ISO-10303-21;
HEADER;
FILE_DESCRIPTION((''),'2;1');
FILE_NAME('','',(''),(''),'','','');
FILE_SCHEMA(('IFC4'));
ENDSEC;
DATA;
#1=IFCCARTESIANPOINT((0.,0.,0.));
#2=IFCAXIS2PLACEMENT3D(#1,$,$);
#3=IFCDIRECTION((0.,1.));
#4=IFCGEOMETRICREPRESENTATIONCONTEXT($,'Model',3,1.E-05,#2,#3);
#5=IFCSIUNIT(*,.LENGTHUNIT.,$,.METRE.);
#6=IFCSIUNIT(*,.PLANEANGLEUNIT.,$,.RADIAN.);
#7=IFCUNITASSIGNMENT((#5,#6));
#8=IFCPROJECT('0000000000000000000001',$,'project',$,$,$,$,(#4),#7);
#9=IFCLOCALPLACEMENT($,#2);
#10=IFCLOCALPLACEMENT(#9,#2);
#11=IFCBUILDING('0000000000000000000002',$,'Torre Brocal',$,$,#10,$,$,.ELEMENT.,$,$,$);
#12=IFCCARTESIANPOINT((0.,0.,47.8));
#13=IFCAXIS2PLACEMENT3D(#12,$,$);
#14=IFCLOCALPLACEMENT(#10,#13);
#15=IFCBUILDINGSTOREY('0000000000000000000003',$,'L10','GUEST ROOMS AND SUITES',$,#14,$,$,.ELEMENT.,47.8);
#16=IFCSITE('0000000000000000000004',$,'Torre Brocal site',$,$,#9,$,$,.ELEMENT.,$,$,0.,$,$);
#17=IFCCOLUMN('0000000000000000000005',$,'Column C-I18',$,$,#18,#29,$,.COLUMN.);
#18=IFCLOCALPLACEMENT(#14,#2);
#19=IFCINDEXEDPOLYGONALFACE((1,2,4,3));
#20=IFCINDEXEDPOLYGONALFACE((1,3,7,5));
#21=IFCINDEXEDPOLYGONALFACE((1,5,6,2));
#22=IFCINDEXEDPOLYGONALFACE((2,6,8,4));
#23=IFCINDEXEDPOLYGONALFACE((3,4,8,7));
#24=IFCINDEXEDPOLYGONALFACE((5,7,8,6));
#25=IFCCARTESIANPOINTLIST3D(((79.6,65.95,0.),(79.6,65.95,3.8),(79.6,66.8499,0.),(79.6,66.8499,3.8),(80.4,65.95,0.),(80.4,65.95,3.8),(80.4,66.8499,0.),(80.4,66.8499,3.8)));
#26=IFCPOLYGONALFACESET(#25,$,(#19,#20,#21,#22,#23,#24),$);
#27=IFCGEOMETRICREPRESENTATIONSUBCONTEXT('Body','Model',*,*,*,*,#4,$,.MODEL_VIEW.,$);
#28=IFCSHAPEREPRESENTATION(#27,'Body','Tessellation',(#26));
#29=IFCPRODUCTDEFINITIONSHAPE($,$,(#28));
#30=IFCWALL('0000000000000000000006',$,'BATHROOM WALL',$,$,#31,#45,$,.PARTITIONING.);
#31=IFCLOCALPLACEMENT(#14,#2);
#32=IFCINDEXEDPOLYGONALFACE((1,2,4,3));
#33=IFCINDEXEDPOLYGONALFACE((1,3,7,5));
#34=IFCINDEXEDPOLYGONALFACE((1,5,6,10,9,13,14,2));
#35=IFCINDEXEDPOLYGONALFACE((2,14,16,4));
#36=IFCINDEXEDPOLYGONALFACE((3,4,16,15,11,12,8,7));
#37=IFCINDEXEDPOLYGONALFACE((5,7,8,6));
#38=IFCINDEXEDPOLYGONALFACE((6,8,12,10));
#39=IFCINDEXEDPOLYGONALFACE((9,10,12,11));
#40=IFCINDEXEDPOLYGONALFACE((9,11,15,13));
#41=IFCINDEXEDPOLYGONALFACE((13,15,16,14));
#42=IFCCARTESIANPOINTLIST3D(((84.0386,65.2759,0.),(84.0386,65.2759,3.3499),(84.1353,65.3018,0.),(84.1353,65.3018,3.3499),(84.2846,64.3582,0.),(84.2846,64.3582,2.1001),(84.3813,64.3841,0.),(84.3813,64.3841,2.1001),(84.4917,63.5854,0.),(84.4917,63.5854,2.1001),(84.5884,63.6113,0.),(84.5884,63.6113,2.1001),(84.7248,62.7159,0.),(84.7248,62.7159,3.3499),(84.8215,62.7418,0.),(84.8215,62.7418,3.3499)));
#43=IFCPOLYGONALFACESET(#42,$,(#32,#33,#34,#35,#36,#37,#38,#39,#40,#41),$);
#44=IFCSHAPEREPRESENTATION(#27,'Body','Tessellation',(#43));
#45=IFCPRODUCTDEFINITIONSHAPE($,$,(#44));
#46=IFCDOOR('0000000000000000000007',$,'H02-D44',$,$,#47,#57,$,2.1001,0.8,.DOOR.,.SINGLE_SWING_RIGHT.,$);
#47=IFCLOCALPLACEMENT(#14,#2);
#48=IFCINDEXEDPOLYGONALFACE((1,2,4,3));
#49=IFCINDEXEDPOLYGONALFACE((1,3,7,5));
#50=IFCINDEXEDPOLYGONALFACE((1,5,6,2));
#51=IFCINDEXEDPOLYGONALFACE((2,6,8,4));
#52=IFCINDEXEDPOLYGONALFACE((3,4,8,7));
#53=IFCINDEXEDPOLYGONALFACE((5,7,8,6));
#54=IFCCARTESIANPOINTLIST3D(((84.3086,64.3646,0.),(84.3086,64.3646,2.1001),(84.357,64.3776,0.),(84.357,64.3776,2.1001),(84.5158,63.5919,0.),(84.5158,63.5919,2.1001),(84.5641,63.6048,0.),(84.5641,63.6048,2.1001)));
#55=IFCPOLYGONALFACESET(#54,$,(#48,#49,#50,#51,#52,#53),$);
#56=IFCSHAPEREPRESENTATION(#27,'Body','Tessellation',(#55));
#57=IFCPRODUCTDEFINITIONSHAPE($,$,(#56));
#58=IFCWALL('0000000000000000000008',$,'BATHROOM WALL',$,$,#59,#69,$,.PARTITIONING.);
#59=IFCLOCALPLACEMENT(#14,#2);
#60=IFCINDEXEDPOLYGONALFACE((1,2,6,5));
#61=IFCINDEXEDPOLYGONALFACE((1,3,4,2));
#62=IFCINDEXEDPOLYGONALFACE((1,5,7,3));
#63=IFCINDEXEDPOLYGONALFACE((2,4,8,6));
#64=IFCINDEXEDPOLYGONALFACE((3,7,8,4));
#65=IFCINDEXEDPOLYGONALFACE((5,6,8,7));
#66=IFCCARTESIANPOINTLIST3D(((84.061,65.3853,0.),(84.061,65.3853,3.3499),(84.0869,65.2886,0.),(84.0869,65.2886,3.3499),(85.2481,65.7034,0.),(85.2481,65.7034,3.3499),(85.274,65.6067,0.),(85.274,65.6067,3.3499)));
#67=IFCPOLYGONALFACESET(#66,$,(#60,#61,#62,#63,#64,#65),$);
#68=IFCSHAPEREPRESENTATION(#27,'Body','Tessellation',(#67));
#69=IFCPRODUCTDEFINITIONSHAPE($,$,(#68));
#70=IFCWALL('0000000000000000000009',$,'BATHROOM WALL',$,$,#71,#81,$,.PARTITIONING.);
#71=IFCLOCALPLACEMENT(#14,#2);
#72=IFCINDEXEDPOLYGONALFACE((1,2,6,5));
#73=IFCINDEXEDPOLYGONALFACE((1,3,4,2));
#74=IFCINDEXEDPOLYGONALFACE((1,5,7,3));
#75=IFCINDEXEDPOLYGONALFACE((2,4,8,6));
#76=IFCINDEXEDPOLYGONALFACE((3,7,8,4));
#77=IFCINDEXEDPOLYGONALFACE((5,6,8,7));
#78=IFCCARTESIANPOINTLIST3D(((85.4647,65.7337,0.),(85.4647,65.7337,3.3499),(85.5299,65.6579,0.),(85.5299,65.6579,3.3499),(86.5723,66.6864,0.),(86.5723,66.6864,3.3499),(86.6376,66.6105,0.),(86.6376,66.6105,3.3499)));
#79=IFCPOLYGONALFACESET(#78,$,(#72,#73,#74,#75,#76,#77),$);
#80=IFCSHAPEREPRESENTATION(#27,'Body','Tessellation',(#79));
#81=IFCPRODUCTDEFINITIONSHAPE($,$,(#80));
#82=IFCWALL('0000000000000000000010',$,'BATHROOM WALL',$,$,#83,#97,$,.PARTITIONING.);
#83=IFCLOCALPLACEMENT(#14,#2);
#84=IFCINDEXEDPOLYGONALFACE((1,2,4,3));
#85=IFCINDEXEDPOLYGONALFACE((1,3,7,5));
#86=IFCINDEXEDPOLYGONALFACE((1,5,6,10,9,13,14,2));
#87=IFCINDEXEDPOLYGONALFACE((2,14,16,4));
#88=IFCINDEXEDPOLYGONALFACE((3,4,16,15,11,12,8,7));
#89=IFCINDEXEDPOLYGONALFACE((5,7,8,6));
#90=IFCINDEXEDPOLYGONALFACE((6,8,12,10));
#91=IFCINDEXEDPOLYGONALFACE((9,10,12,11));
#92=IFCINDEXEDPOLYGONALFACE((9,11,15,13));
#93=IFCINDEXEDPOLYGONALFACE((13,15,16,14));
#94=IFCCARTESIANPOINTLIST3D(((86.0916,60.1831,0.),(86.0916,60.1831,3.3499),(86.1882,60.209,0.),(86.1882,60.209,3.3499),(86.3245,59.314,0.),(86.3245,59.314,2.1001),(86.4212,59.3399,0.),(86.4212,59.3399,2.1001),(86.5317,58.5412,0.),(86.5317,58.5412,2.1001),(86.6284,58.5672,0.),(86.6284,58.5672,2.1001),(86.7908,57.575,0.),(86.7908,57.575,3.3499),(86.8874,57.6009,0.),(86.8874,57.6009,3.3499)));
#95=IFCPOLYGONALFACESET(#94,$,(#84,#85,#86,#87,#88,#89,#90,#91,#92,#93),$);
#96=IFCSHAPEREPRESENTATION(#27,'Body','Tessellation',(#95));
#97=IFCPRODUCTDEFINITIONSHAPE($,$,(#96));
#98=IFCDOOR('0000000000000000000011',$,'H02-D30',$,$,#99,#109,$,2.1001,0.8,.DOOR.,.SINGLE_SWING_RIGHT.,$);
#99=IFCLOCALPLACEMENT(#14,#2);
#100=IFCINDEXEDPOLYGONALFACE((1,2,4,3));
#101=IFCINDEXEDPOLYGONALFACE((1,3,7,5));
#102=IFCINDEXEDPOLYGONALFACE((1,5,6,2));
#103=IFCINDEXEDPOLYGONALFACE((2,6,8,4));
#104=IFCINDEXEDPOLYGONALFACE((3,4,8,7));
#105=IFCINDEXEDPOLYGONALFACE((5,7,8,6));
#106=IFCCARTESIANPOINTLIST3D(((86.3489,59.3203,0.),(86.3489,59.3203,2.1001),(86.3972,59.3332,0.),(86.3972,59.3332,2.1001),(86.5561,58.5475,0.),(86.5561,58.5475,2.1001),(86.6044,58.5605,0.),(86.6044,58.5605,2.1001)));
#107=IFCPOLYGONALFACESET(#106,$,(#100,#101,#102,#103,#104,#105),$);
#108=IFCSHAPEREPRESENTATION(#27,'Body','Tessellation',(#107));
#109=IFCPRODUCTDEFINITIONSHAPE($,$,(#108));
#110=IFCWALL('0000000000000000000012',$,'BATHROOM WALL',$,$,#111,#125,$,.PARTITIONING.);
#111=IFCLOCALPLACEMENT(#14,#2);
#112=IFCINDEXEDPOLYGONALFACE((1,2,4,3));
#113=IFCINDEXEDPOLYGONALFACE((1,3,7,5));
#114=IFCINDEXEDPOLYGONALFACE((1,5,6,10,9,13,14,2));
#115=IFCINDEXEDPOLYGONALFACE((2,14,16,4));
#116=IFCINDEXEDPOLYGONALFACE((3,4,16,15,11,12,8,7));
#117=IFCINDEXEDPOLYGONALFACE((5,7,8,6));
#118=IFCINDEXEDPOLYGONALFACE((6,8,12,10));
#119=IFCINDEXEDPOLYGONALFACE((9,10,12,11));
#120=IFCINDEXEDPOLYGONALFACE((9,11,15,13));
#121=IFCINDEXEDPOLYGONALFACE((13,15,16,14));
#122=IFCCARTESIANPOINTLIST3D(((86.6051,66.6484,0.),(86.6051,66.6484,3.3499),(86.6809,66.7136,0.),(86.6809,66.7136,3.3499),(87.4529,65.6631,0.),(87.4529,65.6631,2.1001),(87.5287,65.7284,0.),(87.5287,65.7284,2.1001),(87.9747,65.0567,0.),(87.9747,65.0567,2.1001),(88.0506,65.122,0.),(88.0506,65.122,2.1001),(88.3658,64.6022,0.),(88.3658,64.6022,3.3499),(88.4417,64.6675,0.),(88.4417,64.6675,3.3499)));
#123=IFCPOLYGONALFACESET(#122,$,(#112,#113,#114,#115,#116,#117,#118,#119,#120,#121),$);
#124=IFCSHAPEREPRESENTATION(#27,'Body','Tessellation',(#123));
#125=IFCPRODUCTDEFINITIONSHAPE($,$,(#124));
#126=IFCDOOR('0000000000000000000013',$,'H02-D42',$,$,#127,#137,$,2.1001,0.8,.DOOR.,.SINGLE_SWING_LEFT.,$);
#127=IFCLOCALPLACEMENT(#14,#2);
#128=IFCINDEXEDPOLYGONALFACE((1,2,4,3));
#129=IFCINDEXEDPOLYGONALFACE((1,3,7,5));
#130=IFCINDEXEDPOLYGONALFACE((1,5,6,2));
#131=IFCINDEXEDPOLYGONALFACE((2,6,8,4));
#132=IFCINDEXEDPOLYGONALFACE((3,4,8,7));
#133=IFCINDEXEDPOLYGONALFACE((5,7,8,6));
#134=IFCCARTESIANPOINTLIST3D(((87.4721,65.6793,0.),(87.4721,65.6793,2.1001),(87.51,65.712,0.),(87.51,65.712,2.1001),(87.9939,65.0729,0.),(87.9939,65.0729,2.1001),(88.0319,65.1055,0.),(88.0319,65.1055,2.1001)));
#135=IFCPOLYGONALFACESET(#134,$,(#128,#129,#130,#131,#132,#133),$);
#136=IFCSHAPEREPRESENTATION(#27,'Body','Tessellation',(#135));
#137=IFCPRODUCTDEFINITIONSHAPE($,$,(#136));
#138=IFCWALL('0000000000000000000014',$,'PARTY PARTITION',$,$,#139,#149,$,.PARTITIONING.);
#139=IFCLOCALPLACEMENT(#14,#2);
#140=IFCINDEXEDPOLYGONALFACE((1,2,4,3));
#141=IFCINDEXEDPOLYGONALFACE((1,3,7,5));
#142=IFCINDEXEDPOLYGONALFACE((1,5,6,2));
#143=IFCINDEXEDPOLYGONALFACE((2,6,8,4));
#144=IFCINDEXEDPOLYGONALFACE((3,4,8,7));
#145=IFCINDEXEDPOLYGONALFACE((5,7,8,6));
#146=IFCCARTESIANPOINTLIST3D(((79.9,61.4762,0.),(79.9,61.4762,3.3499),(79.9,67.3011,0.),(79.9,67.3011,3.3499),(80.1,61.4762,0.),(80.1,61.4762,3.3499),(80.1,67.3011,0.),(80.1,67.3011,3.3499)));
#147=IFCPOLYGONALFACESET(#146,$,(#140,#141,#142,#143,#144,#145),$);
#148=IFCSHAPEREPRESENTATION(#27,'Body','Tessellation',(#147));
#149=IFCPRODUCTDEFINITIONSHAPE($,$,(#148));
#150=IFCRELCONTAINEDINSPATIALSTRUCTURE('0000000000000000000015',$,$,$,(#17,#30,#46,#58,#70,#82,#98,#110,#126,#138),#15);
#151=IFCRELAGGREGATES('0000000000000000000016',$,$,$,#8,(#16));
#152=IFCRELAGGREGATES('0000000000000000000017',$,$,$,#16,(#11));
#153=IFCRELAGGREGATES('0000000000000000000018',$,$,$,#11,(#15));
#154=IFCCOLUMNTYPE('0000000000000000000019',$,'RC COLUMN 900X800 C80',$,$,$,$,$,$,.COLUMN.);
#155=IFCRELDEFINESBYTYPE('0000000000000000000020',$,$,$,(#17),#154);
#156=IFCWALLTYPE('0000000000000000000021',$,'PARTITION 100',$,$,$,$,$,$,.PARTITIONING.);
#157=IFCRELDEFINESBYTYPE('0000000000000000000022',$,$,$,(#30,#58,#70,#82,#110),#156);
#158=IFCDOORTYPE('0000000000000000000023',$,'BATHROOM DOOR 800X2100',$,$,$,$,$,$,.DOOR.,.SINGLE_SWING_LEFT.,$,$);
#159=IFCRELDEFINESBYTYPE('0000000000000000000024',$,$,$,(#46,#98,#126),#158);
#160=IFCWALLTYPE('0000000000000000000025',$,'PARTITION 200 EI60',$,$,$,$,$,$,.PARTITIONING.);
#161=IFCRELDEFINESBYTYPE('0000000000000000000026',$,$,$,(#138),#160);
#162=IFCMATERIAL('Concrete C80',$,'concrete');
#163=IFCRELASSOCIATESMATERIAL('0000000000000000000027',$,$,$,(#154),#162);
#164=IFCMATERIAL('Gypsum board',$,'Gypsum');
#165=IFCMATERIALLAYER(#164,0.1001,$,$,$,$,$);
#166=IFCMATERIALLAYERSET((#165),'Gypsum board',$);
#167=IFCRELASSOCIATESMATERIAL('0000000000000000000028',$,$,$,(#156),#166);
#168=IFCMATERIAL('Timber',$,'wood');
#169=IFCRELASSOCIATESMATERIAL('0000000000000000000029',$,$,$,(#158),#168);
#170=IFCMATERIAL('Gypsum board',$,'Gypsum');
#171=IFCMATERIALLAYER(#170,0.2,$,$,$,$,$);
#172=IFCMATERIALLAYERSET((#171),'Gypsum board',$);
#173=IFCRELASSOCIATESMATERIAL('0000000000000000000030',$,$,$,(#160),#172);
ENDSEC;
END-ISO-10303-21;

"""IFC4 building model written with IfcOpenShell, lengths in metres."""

from ifc_helpers import new_model, si_unit, direction, frame, frame_2d, origin, origin_2d, place, context, subcontext, project, spatial, rectangle, extrude, material, layer, layer_set, material_profile, profile_set, type_object, element, fill, save


model = new_model("IFC4")

# Units and contexts
model_context = context("Model", 3, precision=1e-05, world=origin(), true_north=direction((0.0, 1.0)))
body_context = subcontext(model_context, "Body", "Model", "MODEL_VIEW")
ifc_project = project(units=[si_unit("LENGTHUNIT", "METRE"), si_unit("PLANEANGLEUNIT", "RADIAN")], contexts=[model_context])

# Site, building, storey
site_placement = place(None, origin())
site = spatial("IfcSite", under=ifc_project, at=site_placement, Name="Torre Brocal site", CompositionType="ELEMENT", RefElevation=0.0)
building_placement = place(site_placement, origin())
building = spatial("IfcBuilding", under=site, at=building_placement, Name="Torre Brocal", CompositionType="ELEMENT")
storey_placement = place(building_placement, frame((0.0, 0.0, 47.8)))
storey = spatial("IfcBuildingStorey", under=building, at=storey_placement, Name="L10", Description="GUEST ROOMS AND SUITES", CompositionType="ELEMENT", Elevation=47.8)

# Column
ifc_material_1 = material(Name="Concrete C80", Category="concrete")
ifc_material_profile = material_profile(ifc_material_1, rectangle(XDim=0.8999, YDim=0.8, at=origin_2d()), Name="RC 900X800")
ifc_profile_set = profile_set([ifc_material_profile], Name="Concrete C80")
column_type = type_object("IfcColumnType", Name="RC COLUMN 900X800 C80", PredefinedType="COLUMN", material=ifc_profile_set)
column_placement = place(storey_placement, frame((80.0, 66.3999, 0.0), z_axis=(0.0, 0.0, 1.0), x_axis=(0.0, -1.0, 0.0)))
element("IfcColumn", 1, at=column_placement, inside=storey, type_object=column_type, Name="Column C-I18", PredefinedType="COLUMN", context=body_context, shape_type="SweptSolid", body=[
    extrude(rectangle(XDim=0.8999, YDim=0.8, at=origin_2d()), origin(), (0.0, 0.0, 1.0), 3.8),
])

# Wall, opening, door
ifc_material_2 = material(Name="Gypsum board", Category="Gypsum")
ifc_layer_1 = layer(ifc_material_2, 0.1001)
ifc_layer_set_1 = layer_set([ifc_layer_1], Name="Gypsum board")
wall_type_1 = type_object("IfcWallType", Name="PARTITION 100", PredefinedType="PARTITIONING", material=ifc_layer_set_1)
wall_1_placement = place(storey_placement, frame((84.0869, 65.2888, 0.0), z_axis=(0.0, 0.0, 1.0), x_axis=(0.258929, -0.965896, 0.0)))
wall_1 = element("IfcWall", 2, at=wall_1_placement, inside=storey, type_object=wall_type_1, Name="BATHROOM WALL", PredefinedType="PARTITIONING", context=body_context, shape_type="SweptSolid", body=[
    extrude(rectangle(XDim=2.6504, YDim=0.1001, at=frame_2d((1.3252, 0.0))), origin(), (0.0, 0.0, 1.0), 3.3499),
])
opening_1_placement = place(wall_1_placement, frame((0.9502, 0.0, 0.0)))
opening_1 = element("IfcOpeningElement", 3, at=opening_1_placement, cuts=wall_1, PredefinedType="OPENING", context=body_context, shape_type="SweptSolid", body=[
    extrude(rectangle(XDim=0.8, YDim=2.1001, at=frame_2d((0.3999, 1.05))), frame((0.0, 0.0601, 0.0), z_axis=(0.0, -1.0, 0.0), x_axis=(1.0, 0.0, 0.0)), (0.0, 0.0, 1.0), 0.1201),
])
ifc_material_3 = material(Name="Timber", Category="wood")
door_type_1 = type_object("IfcDoorType", Name="BATHROOM DOOR 800X2100", OperationType="SINGLE_SWING_LEFT", PredefinedType="DOOR", material=ifc_material_3)
door_1_placement = place(opening_1_placement, origin())
door_1 = element("IfcDoor", 4, at=door_1_placement, inside=storey, type_object=door_type_1, Name="H02-D44", OperationType="SINGLE_SWING_RIGHT", OverallHeight=2.1001, OverallWidth=0.8, PredefinedType="DOOR", context=body_context, shape_type="SweptSolid", body=[
    extrude(rectangle(XDim=0.8, YDim=2.1001, at=frame_2d((0.3999, 1.05))), frame((0.0, 0.0249, 0.0), z_axis=(0.0, -1.0, 0.0), x_axis=(1.0, 0.0, 0.0)), (0.0, 0.0, 1.0), 0.05),
])
fill(opening_1, door_1)

# Walls
wall_2_placement = place(storey_placement, frame((84.074, 65.3369, 0.0), z_axis=(0.0, 0.0, 1.0), x_axis=(0.965914, 0.258862, 0.0)))
element("IfcWall", 5, at=wall_2_placement, inside=storey, type_object=wall_type_1, Name="BATHROOM WALL", PredefinedType="PARTITIONING", context=body_context, shape_type="SweptSolid", body=[
    extrude(rectangle(XDim=1.229, YDim=0.1001, at=frame_2d((0.6145, 0.0))), origin(), (0.0, 0.0, 1.0), 3.3499),
])
wall_3_placement = place(storey_placement, frame((85.4973, 65.6958, 0.0), z_axis=(0.0, 0.0, 1.0), x_axis=(0.75817, 0.652057, 0.0)))
element("IfcWall", 6, at=wall_3_placement, inside=storey, type_object=wall_type_1, Name="BATHROOM WALL", PredefinedType="PARTITIONING", context=body_context, shape_type="SweptSolid", body=[
    extrude(rectangle(XDim=1.4609, YDim=0.1001, at=frame_2d((0.7305, 0.0))), origin(), (0.0, 0.0, 1.0), 3.3499),
])

# Walls, openings, doors
wall_4_placement = place(storey_placement, frame((86.1399, 60.196, 0.0), z_axis=(0.0, 0.0, 1.0), x_axis=(0.258945, -0.965892, 0.0)))
wall_4 = element("IfcWall", 7, at=wall_4_placement, inside=storey, type_object=wall_type_1, Name="BATHROOM WALL", PredefinedType="PARTITIONING", context=body_context, shape_type="SweptSolid", body=[
    extrude(rectangle(XDim=2.7002, YDim=0.1001, at=frame_2d((1.3501, 0.0))), origin(), (0.0, 0.0, 1.0), 3.3499),
])
opening_2_placement = place(wall_4_placement, frame((0.8999, 0.0, 0.0)))
opening_2 = element("IfcOpeningElement", 8, at=opening_2_placement, cuts=wall_4, PredefinedType="OPENING", context=body_context, shape_type="SweptSolid", body=[
    extrude(rectangle(XDim=0.8, YDim=2.1001, at=frame_2d((0.3999, 1.05))), frame((0.0, 0.0601, 0.0), z_axis=(0.0, -1.0, 0.0), x_axis=(1.0, 0.0, 0.0)), (0.0, 0.0, 1.0), 0.1201),
])
door_2_placement = place(opening_2_placement, frame((0.8, 0.0, 0.0), z_axis=(0.0, 0.0, 1.0), x_axis=(-1.0, 0.0, 0.0)))
door_2 = element("IfcDoor", 9, at=door_2_placement, inside=storey, type_object=door_type_1, Name="H02-D30", OperationType="SINGLE_SWING_RIGHT", OverallHeight=2.1001, OverallWidth=0.8, PredefinedType="DOOR", context=body_context, shape_type="SweptSolid", body=[
    extrude(rectangle(XDim=0.8, YDim=2.1001, at=frame_2d((0.3999, 1.05))), frame((0.0, 0.0249, 0.0), z_axis=(0.0, -1.0, 0.0), x_axis=(1.0, 0.0, 0.0)), (0.0, 0.0, 1.0), 0.05),
])
fill(opening_2, door_2)
wall_5_placement = place(storey_placement, frame((86.6431, 66.6809, 0.0), z_axis=(0.0, 0.0, 1.0), x_axis=(0.652265, -0.757991, 0.0)))
wall_5 = element("IfcWall", 10, at=wall_5_placement, inside=storey, type_object=wall_type_1, Name="BATHROOM WALL", PredefinedType="PARTITIONING", context=body_context, shape_type="SweptSolid", body=[
    extrude(rectangle(XDim=2.6995, YDim=0.1001, at=frame_2d((1.3496, 0.0))), origin(), (0.0, 0.0, 1.0), 3.3499),
])
opening_3_placement = place(wall_5_placement, frame((1.2998, 0.0, 0.0)))
opening_3 = element("IfcOpeningElement", 11, at=opening_3_placement, cuts=wall_5, PredefinedType="OPENING", context=body_context, shape_type="SweptSolid", body=[
    extrude(rectangle(XDim=0.8, YDim=2.1001, at=frame_2d((0.3999, 1.05))), frame((0.0, 0.0601, 0.0), z_axis=(0.0, -1.0, 0.0), x_axis=(1.0, 0.0, 0.0)), (0.0, 0.0, 1.0), 0.1201),
])
door_3_placement = place(opening_3_placement, frame((0.8, 0.0, 0.0), z_axis=(0.0, 0.0, 1.0), x_axis=(-1.0, 0.0, 0.0)))
door_3 = element("IfcDoor", 12, at=door_3_placement, inside=storey, type_object=door_type_1, Name="H02-D42", OperationType="SINGLE_SWING_LEFT", OverallHeight=2.1001, OverallWidth=0.8, PredefinedType="DOOR", context=body_context, shape_type="SweptSolid", body=[
    extrude(rectangle(XDim=0.8, YDim=2.1001, at=frame_2d((0.3999, 1.05))), frame((0.0, 0.0249, 0.0), z_axis=(0.0, -1.0, 0.0), x_axis=(1.0, 0.0, 0.0)), (0.0, 0.0, 1.0), 0.05),
])
fill(opening_3, door_3)

# Wall
ifc_material_4 = material(Name="Gypsum board", Category="Gypsum")
ifc_layer_2 = layer(ifc_material_4, 0.2)
ifc_layer_set_2 = layer_set([ifc_layer_2], Name="Gypsum board")
wall_type_2 = type_object("IfcWallType", Name="PARTITION 200 EI60", PredefinedType="PARTITIONING", material=ifc_layer_set_2)
wall_6_placement = place(storey_placement, frame((80.0, 61.4761, 0.0), z_axis=(0.0, 0.0, 1.0), x_axis=(0.0, 1.0, 0.0)))
element("IfcWall", 13, at=wall_6_placement, inside=storey, type_object=wall_type_2, Name="PARTY PARTITION", PredefinedType="PARTITIONING", context=body_context, shape_type="SweptSolid", body=[
    extrude(rectangle(XDim=5.825, YDim=0.2, at=frame_2d((2.9126, 0.0))), origin(), (0.0, 0.0, 1.0), 3.3499),
])

save(model, "model.ifc")
